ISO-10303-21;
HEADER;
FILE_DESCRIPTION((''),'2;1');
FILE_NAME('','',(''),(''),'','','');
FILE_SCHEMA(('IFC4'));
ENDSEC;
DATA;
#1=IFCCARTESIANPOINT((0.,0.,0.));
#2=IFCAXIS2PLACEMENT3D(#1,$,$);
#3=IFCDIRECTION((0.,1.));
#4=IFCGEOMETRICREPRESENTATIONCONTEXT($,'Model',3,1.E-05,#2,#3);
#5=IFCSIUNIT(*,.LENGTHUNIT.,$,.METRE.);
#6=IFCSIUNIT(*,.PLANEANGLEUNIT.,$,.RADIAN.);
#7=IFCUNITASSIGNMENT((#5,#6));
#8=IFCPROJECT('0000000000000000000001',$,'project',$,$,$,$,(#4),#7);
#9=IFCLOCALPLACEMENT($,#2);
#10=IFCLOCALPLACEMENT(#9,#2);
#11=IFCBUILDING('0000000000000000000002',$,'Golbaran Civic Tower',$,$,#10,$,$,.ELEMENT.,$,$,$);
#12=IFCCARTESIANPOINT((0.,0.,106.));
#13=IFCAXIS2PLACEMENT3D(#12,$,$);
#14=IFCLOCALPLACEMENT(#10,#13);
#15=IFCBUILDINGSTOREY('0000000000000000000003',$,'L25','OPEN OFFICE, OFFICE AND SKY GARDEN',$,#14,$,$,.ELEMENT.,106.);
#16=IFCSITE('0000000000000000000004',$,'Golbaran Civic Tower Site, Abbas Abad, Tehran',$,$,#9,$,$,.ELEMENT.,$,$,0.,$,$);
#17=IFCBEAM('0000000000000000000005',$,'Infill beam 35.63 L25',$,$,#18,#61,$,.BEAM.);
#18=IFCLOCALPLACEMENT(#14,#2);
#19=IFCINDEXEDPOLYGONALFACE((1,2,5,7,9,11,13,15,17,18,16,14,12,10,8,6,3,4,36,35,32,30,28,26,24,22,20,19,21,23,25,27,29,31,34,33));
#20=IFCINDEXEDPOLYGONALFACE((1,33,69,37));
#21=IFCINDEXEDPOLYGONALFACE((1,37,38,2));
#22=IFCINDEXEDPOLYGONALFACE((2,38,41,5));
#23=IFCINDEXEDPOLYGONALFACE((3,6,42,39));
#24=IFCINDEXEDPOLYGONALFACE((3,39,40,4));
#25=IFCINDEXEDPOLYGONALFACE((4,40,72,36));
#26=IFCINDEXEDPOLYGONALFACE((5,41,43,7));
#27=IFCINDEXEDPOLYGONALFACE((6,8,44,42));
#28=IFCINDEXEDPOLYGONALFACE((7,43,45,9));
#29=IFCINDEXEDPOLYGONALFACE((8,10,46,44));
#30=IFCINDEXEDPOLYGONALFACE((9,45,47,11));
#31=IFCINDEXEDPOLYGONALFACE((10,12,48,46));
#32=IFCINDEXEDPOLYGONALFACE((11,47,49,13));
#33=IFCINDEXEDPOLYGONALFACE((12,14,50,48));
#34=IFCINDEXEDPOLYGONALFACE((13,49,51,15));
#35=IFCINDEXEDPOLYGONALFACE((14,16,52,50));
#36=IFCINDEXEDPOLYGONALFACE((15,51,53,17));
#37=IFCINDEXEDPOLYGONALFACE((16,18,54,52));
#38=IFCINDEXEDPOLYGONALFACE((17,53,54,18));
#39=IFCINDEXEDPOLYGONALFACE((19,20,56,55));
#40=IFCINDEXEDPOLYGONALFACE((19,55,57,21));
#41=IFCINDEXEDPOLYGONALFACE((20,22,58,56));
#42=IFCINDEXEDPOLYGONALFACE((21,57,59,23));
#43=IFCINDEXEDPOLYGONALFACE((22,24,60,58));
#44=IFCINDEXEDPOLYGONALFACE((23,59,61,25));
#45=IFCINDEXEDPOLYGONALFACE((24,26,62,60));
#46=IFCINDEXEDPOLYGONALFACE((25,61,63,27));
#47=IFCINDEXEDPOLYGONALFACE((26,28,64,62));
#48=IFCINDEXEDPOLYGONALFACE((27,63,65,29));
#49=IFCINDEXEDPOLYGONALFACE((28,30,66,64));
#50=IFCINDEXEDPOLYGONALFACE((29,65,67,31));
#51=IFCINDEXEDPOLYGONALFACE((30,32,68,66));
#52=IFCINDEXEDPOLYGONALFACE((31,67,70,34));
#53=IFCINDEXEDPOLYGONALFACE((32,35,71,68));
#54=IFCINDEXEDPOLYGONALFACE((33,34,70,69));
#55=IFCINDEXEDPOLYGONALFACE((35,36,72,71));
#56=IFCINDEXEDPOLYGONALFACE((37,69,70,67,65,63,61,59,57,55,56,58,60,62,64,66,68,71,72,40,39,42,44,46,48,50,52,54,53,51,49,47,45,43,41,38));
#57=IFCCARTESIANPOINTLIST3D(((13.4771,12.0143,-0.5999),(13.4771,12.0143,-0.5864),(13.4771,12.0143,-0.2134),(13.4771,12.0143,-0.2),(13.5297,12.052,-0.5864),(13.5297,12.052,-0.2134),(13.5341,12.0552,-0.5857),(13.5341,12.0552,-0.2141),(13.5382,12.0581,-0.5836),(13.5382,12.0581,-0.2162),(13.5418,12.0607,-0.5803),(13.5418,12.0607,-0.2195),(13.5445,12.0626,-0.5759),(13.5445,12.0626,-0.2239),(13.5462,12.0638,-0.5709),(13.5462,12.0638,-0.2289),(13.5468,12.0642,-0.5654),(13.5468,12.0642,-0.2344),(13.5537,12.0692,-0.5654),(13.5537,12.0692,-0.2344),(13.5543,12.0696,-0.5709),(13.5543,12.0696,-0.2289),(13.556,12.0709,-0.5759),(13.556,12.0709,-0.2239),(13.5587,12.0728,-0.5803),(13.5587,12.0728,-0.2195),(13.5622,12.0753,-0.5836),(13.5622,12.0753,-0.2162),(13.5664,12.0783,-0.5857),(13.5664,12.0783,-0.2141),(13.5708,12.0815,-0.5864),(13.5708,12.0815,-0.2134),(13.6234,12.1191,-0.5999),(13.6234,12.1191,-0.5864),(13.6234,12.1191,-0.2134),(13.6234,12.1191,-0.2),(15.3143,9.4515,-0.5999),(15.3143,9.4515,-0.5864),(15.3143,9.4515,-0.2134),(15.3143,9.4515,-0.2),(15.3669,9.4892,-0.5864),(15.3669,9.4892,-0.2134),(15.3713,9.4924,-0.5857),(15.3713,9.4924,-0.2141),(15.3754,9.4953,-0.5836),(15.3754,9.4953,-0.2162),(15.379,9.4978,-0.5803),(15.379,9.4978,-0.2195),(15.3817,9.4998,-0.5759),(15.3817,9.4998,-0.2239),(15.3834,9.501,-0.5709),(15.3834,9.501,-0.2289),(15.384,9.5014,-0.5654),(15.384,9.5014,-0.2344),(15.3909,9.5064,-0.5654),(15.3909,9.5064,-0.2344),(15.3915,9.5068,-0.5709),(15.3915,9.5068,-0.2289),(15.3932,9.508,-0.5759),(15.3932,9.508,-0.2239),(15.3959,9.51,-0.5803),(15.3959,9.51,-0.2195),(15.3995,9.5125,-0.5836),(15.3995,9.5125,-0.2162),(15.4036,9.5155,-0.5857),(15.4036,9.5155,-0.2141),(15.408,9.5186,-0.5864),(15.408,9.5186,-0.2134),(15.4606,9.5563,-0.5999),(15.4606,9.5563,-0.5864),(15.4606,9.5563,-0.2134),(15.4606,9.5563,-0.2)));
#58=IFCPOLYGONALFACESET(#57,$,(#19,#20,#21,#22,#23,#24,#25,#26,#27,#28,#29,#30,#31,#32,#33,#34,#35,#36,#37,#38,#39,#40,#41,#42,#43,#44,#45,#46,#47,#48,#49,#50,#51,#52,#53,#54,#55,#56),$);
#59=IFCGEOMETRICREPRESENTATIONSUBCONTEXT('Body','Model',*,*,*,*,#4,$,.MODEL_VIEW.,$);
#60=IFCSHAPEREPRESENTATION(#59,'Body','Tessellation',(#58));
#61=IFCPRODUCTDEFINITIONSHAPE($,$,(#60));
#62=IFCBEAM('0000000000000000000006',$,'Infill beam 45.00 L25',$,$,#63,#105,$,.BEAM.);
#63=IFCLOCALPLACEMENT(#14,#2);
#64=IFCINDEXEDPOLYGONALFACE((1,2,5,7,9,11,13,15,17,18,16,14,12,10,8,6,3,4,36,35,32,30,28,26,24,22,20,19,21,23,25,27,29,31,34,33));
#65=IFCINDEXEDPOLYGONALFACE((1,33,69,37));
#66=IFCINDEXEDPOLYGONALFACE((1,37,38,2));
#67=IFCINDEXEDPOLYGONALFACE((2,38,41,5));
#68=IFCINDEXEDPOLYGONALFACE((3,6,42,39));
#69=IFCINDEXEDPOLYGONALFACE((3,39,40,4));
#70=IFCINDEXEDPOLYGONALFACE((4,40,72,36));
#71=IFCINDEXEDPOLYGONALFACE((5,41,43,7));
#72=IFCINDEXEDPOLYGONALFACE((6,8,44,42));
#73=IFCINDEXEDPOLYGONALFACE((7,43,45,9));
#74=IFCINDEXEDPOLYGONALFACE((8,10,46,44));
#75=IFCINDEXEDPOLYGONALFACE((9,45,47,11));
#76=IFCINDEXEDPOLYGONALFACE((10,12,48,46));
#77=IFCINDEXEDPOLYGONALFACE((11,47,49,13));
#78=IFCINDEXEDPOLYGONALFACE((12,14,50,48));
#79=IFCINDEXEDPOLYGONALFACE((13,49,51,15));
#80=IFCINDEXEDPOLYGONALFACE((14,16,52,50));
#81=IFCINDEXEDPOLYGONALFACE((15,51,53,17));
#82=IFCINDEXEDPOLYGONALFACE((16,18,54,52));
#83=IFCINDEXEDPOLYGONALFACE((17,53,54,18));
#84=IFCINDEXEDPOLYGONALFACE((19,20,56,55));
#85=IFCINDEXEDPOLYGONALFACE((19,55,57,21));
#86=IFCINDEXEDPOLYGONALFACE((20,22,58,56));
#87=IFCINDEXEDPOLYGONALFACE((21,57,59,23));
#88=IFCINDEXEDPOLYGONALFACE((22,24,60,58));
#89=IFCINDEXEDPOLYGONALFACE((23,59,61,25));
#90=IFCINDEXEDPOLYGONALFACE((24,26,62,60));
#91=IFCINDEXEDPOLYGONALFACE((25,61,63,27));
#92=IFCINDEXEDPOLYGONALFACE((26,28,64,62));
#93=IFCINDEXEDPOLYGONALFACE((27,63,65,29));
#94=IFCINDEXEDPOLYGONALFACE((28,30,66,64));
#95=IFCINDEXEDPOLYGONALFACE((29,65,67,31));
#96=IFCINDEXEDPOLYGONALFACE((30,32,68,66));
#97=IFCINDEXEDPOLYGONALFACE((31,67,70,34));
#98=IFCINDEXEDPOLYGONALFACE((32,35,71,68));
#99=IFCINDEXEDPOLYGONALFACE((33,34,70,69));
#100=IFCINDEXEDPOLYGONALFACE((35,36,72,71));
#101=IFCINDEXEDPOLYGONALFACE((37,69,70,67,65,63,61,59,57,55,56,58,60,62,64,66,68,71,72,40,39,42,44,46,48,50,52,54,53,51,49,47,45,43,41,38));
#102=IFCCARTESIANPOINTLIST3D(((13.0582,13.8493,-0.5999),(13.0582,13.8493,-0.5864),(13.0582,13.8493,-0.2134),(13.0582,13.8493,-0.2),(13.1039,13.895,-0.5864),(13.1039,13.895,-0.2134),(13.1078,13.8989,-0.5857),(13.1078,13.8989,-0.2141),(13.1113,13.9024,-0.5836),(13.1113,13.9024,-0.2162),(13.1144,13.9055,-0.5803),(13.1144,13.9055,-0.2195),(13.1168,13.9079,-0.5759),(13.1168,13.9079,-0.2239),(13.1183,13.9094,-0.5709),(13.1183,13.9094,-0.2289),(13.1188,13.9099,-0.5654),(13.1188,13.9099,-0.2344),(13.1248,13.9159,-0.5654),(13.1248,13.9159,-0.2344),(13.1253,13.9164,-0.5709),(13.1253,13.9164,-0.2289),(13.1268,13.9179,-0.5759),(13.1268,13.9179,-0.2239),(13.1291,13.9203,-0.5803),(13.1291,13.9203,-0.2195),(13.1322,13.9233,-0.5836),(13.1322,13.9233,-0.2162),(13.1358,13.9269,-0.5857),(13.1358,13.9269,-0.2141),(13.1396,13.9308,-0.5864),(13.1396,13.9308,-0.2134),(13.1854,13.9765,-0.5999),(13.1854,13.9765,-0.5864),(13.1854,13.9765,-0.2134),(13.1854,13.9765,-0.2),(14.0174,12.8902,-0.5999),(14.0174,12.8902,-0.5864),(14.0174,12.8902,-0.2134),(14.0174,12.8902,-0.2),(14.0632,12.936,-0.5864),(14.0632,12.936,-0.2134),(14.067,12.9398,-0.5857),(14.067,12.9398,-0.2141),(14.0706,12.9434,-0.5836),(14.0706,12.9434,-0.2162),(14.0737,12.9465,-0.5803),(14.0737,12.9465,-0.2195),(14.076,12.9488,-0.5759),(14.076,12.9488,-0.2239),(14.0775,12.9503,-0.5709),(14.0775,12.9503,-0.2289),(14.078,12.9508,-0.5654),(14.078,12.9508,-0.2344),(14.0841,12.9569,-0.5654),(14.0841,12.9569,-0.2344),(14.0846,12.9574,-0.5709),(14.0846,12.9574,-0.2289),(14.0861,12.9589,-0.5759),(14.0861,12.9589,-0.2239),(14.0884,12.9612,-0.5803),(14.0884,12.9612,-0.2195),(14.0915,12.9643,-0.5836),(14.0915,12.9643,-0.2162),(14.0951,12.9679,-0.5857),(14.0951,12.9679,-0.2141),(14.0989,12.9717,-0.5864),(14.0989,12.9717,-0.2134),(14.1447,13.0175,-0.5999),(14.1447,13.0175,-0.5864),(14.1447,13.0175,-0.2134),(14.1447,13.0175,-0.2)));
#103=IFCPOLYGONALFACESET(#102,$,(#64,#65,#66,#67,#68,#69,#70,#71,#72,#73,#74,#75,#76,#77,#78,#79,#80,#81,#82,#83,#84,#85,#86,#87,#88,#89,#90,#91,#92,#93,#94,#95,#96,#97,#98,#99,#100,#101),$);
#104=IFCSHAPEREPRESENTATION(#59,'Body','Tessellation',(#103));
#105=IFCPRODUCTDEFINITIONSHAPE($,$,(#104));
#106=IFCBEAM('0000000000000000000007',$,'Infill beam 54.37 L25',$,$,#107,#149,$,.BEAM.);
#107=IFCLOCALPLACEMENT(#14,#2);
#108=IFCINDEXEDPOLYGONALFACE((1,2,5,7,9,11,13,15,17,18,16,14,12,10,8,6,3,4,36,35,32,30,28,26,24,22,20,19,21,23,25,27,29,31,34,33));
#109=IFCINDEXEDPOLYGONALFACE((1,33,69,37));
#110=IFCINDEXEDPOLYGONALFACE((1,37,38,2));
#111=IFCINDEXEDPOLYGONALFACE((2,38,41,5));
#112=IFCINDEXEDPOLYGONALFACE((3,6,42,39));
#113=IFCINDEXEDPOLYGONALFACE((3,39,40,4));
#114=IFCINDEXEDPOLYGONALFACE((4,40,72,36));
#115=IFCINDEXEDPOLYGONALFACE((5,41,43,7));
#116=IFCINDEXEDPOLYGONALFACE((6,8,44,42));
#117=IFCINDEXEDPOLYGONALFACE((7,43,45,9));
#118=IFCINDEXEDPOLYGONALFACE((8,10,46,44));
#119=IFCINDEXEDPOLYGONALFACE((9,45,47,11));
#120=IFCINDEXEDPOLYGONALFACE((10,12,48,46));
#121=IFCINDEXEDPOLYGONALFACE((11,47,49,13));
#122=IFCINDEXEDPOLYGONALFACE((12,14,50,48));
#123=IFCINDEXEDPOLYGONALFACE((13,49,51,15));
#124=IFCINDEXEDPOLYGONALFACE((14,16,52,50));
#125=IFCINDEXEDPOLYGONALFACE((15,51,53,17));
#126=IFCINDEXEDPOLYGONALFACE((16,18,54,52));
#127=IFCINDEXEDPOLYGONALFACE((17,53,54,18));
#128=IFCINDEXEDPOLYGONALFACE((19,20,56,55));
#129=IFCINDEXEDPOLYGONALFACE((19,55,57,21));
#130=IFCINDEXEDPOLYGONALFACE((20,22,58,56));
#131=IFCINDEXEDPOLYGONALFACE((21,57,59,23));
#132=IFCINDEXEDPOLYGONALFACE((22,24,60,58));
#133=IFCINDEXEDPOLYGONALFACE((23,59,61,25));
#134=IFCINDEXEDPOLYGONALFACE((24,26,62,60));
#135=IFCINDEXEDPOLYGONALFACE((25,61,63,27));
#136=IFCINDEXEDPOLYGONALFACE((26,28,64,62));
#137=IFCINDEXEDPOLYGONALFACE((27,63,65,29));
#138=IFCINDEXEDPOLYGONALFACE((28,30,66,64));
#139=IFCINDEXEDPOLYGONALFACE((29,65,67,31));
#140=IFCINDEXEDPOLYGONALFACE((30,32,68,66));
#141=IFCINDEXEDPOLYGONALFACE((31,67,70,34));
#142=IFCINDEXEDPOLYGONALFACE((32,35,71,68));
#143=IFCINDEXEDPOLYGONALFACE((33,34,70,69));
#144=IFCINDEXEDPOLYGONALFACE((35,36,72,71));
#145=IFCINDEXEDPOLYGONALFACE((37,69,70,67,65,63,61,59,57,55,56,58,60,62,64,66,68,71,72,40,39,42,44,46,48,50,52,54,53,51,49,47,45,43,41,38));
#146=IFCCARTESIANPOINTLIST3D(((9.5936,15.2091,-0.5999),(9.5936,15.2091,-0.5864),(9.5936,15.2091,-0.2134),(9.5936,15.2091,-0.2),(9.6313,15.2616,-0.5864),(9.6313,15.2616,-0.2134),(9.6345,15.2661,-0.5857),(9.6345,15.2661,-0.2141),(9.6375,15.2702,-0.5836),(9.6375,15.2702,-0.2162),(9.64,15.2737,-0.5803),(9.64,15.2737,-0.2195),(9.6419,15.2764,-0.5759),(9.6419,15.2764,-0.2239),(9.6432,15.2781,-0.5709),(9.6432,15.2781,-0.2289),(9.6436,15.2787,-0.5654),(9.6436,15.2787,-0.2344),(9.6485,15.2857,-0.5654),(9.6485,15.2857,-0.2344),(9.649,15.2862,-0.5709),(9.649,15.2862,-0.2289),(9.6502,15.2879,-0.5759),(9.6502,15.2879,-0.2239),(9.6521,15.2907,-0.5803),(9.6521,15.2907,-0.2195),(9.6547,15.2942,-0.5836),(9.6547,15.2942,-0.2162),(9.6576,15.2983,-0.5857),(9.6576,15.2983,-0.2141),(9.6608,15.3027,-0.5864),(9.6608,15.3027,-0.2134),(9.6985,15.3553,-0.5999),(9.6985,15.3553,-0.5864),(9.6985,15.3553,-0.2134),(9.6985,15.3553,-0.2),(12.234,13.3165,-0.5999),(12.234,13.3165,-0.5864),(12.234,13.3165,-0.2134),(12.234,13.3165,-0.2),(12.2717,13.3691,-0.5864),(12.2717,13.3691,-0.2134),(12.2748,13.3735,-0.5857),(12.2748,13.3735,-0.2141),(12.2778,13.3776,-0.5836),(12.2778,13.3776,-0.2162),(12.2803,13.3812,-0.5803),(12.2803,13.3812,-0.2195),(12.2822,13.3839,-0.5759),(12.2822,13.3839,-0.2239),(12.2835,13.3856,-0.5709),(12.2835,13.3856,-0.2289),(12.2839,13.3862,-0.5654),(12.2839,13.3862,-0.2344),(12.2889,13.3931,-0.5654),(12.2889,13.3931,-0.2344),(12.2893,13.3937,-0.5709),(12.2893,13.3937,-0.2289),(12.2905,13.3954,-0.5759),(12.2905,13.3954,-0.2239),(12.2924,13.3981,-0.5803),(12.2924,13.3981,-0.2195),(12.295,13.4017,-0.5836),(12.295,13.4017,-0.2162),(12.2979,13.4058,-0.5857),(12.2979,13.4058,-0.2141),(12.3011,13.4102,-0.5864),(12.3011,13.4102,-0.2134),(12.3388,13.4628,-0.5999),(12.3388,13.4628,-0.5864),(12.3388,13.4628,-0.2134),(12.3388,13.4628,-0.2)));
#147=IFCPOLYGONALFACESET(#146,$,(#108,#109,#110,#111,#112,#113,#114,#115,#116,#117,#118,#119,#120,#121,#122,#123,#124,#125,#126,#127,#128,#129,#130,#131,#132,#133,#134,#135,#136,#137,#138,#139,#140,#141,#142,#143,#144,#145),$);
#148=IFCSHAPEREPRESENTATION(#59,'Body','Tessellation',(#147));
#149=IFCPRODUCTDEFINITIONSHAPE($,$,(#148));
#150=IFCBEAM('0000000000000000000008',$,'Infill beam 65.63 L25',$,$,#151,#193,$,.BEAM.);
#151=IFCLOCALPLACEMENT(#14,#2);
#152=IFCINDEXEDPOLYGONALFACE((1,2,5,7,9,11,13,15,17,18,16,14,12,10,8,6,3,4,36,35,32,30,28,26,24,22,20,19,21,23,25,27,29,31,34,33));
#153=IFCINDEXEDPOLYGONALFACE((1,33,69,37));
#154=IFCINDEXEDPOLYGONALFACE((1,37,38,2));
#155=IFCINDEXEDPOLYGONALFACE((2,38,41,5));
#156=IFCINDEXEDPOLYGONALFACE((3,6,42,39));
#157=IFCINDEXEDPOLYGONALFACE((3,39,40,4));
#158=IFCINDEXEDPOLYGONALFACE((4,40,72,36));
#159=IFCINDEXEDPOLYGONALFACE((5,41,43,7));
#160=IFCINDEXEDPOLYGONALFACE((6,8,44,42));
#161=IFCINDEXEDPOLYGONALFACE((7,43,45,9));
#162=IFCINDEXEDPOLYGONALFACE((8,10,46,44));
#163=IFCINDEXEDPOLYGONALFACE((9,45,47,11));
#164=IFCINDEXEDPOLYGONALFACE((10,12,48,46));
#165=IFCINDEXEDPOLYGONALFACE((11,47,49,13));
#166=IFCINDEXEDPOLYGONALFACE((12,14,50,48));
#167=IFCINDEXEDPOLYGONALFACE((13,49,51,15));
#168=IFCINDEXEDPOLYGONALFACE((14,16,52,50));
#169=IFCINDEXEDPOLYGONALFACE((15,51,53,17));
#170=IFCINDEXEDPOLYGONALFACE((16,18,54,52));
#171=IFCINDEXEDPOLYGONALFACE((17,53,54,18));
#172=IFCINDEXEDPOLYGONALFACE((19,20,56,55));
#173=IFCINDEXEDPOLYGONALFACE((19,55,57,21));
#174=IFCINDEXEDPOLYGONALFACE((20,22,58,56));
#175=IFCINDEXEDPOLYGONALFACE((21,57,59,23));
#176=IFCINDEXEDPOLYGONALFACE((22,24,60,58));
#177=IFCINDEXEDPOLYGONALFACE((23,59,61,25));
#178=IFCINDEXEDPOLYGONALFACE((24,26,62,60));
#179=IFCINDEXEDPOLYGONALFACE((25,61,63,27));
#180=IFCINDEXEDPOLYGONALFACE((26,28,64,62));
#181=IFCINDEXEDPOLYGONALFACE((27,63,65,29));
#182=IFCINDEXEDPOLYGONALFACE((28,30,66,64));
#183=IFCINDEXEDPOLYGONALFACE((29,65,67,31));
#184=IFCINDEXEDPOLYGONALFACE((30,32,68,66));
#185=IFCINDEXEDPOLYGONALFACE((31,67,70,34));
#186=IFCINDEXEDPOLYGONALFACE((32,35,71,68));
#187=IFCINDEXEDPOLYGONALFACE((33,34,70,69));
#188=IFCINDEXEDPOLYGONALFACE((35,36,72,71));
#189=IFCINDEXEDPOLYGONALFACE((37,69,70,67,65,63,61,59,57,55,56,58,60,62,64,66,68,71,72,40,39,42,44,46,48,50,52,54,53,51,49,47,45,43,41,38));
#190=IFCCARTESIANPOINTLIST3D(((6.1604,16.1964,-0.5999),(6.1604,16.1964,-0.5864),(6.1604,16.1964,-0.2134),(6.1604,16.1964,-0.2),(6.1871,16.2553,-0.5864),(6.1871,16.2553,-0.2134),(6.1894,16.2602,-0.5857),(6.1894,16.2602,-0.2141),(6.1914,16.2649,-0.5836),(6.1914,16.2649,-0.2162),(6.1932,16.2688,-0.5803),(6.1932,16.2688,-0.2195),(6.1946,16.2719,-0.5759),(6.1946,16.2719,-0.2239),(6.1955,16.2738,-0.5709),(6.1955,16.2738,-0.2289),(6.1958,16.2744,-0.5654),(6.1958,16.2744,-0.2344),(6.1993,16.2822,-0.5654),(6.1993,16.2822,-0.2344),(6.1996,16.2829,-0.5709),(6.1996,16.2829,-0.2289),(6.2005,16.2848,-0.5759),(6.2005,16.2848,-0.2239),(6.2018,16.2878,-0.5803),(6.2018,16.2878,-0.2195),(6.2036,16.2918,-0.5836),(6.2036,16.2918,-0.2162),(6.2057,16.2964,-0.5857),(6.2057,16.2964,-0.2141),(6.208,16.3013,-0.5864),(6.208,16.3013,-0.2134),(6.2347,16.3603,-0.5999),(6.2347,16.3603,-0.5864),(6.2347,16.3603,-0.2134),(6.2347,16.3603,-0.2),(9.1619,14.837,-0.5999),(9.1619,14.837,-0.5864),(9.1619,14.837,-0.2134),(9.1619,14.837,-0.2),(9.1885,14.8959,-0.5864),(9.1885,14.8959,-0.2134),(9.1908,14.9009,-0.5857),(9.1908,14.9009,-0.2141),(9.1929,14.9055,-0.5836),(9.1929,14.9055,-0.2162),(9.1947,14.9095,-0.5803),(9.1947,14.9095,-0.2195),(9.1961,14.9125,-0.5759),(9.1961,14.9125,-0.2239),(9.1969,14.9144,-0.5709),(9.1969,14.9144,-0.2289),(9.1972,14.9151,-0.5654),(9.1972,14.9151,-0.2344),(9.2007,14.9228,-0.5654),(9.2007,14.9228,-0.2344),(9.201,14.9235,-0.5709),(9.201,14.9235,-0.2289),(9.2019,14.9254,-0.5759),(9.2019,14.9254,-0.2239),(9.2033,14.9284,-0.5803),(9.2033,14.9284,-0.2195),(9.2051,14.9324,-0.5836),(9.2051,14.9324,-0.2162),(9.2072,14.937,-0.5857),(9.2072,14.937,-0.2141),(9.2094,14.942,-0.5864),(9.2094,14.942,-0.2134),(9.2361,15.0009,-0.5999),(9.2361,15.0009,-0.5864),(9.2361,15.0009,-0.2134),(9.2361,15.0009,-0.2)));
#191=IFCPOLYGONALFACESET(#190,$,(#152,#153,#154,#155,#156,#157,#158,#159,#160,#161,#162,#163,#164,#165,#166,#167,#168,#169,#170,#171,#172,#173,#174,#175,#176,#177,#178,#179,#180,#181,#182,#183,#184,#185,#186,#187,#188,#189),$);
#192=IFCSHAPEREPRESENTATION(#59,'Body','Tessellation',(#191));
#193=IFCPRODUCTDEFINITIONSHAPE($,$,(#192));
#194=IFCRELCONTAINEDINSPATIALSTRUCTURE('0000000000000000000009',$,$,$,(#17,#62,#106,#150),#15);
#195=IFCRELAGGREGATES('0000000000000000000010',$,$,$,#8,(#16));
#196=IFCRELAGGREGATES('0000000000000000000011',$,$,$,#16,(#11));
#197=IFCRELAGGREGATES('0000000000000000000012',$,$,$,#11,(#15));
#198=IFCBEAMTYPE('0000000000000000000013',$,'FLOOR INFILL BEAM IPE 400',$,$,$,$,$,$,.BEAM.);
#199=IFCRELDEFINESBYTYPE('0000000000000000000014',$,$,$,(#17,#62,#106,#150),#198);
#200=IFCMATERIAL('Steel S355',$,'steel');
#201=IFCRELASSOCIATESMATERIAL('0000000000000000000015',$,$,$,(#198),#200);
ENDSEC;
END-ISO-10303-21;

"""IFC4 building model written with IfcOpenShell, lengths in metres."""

from ifc_helpers import new_model, si_unit, direction, frame, origin, origin_2d, place, context, subcontext, project, spatial, i_section, extrude, material, material_profile, profile_set, type_object, element, save


model = new_model("IFC4")

# Units and contexts
model_context = context("Model", 3, precision=1e-05, world=origin(), true_north=direction((0.0, 1.0)))
body_context = subcontext(model_context, "Body", "Model", "MODEL_VIEW")
ifc_project = project(units=[si_unit("LENGTHUNIT", "METRE"), si_unit("PLANEANGLEUNIT", "RADIAN")], contexts=[model_context])

# Site, building, storey
site_placement = place(None, origin())
site = spatial("IfcSite", under=ifc_project, at=site_placement, Name="Golbaran Civic Tower Site, Abbas Abad, Tehran", CompositionType="ELEMENT", RefElevation=0.0)
building_placement = place(site_placement, origin())
building = spatial("IfcBuilding", under=site, at=building_placement, Name="Golbaran Civic Tower", CompositionType="ELEMENT")
storey_placement = place(building_placement, frame((0.0, 0.0, 106.0)))
storey = spatial("IfcBuildingStorey", under=building, at=storey_placement, Name="L25", Description="OPEN OFFICE, OFFICE AND SKY GARDEN", CompositionType="ELEMENT", Elevation=106.0)

# Beams
ifc_material_1 = material(Name="Steel S355", Category="steel")
ifc_material_profile_1 = material_profile(ifc_material_1, i_section(OverallWidth=0.1799, OverallDepth=0.3999, WebThickness=0.0085, FlangeThickness=0.0134, FilletRadius=0.021, at=origin_2d()), Name="IPE 400")
ifc_profile_set_1 = profile_set([ifc_material_profile_1], Name="Steel S355")
beam_type_1 = type_object("IfcBeamType", Name="FLOOR INFILL BEAM IPE 400", PredefinedType="BEAM", material=ifc_profile_set_1)
beam_1_placement = place(storey_placement, frame((15.3875, 9.5039, -0.3999), z_axis=(-0.582629, 0.812738, 0.0), x_axis=(-0.812738, -0.582629, 0.0)))
element("IfcBeam", 1, at=beam_1_placement, inside=storey, type_object=beam_type_1, Name="Infill beam 35.63 L25", PredefinedType="BEAM", context=body_context, shape_type="SweptSolid", body=[
    extrude(i_section(OverallWidth=0.1799, OverallDepth=0.3999, WebThickness=0.0085, FlangeThickness=0.0134, FilletRadius=0.021, at=origin_2d()), origin(), (0.0, 0.0, 1.0), 3.1533),
])
beam_2_placement = place(storey_placement, frame((14.0811, 12.9539, -0.3999), z_axis=(-0.707197, 0.707017, 0.0), x_axis=(-0.707017, -0.707197, 0.0)))
element("IfcBeam", 2, at=beam_2_placement, inside=storey, type_object=beam_type_1, Name="Infill beam 45.00 L25", PredefinedType="BEAM", context=body_context, shape_type="SweptSolid", body=[
    extrude(i_section(OverallWidth=0.1799, OverallDepth=0.3999, WebThickness=0.0085, FlangeThickness=0.0134, FilletRadius=0.021, at=origin_2d()), origin(), (0.0, 0.0, 1.0), 1.3564),
])
beam_3_placement = place(storey_placement, frame((12.2864, 13.3896, -0.3999), z_axis=(-0.812773, 0.582581, 0.0), x_axis=(-0.582581, -0.812773, 0.0)))
element("IfcBeam", 3, at=beam_3_placement, inside=storey, type_object=beam_type_1, Name="Infill beam 54.37 L25", PredefinedType="BEAM", context=body_context, shape_type="SweptSolid", body=[
    extrude(i_section(OverallWidth=0.1799, OverallDepth=0.3999, WebThickness=0.0085, FlangeThickness=0.0134, FilletRadius=0.021, at=origin_2d()), origin(), (0.0, 0.0, 1.0), 3.2485),
])
beam_4_placement = place(storey_placement, frame((9.199, 14.9189, -0.3999), z_axis=(-0.910929, 0.412563, 0.0), x_axis=(-0.412563, -0.910929, 0.0)))
element("IfcBeam", 4, at=beam_4_placement, inside=storey, type_object=beam_type_1, Name="Infill beam 65.63 L25", PredefinedType="BEAM", context=body_context, shape_type="SweptSolid", body=[
    extrude(i_section(OverallWidth=0.1799, OverallDepth=0.3999, WebThickness=0.0085, FlangeThickness=0.0134, FilletRadius=0.021, at=origin_2d()), origin(), (0.0, 0.0, 1.0), 3.2949),
])

save(model, "model.ifc")
